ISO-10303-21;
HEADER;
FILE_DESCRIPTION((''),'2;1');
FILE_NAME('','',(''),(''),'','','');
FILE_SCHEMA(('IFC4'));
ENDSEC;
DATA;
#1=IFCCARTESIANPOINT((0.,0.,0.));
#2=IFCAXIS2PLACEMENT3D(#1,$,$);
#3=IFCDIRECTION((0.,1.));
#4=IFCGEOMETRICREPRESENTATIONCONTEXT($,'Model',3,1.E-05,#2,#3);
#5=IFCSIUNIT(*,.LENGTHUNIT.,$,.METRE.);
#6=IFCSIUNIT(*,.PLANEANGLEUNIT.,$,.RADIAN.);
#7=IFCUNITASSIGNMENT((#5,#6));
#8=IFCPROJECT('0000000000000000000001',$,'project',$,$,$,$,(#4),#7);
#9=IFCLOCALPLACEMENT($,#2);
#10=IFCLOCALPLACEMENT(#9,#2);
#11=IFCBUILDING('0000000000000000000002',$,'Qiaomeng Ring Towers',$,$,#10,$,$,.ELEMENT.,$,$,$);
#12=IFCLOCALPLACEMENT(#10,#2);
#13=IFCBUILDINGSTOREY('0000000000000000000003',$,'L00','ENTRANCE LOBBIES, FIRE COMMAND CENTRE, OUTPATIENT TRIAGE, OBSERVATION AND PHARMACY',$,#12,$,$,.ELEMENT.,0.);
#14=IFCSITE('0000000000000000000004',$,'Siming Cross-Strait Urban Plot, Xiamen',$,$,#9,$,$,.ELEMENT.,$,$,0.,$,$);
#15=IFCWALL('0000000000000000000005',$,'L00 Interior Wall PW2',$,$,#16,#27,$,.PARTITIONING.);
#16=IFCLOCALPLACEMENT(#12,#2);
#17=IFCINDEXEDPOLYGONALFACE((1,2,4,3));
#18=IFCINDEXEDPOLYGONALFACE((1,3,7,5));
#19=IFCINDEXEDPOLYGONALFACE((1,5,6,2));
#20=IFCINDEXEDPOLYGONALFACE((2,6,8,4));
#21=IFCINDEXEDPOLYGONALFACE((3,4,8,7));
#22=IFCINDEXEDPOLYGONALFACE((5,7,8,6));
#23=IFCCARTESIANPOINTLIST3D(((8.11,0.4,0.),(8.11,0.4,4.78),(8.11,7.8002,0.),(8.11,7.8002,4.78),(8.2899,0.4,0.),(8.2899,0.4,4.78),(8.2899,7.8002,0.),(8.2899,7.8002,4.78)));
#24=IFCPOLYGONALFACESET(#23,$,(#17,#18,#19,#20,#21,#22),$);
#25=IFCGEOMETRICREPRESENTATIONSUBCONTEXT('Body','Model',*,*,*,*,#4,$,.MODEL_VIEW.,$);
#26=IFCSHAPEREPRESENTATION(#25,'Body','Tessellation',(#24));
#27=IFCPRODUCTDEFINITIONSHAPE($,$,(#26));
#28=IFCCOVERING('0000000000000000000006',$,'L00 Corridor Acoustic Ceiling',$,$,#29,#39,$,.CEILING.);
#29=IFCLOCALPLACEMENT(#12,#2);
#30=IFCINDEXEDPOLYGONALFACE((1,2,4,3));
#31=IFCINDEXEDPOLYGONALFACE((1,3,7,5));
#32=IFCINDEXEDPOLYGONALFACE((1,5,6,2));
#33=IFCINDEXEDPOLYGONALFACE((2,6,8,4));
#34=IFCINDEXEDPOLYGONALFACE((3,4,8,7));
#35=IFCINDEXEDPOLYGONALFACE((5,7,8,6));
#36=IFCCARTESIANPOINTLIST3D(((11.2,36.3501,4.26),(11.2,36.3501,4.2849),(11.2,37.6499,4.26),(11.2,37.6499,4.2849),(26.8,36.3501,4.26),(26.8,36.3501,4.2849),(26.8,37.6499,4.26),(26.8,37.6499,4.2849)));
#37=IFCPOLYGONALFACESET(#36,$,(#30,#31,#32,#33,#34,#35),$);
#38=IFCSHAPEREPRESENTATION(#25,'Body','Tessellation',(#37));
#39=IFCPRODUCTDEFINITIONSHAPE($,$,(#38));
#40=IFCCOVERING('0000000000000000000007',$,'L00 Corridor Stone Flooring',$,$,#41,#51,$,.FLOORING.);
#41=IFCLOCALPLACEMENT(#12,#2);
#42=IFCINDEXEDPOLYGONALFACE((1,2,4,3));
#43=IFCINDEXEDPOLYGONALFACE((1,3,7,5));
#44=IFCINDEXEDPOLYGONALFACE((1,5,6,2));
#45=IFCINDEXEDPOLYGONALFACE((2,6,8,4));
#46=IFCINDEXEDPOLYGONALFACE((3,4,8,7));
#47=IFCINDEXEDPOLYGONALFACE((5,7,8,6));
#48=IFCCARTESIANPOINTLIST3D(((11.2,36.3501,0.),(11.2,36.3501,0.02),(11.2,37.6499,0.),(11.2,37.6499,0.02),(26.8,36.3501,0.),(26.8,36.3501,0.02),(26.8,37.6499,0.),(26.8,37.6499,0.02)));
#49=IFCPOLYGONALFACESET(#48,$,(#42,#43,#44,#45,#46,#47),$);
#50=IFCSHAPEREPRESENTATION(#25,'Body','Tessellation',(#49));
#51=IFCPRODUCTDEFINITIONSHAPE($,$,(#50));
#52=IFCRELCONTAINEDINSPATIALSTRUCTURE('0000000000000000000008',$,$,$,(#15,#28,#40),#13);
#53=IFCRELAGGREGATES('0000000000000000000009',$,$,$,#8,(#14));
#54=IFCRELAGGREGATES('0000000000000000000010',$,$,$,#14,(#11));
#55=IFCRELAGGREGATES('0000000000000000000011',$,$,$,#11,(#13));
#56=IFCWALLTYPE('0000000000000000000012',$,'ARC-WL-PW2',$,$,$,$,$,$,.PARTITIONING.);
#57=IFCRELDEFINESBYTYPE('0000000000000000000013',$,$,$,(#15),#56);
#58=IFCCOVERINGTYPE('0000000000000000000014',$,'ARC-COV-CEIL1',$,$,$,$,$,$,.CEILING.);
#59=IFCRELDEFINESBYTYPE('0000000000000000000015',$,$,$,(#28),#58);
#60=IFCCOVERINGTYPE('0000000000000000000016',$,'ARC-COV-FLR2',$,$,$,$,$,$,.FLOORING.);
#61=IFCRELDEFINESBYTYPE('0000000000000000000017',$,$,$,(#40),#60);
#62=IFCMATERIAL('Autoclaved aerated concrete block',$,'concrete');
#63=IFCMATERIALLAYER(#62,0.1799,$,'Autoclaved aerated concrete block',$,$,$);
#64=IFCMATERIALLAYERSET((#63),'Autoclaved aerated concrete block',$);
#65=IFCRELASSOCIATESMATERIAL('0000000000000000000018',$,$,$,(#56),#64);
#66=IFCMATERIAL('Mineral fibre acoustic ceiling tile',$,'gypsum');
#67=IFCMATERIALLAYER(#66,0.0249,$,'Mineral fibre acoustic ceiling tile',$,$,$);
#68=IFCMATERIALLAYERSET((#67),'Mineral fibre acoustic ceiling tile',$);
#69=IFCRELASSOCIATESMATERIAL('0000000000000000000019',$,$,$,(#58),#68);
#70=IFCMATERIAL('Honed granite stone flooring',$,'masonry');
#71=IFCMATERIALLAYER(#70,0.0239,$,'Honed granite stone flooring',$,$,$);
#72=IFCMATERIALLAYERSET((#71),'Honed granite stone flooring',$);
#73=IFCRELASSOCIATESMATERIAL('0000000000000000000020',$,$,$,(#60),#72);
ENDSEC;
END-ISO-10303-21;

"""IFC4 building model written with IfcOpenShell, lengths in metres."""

from ifc_helpers import new_model, si_unit, direction, frame, frame_2d, origin, place, context, subcontext, project, spatial, polyline, rectangle, outline, extrude, material, layer, layer_set, type_object, element, save


model = new_model("IFC4")

# Units and contexts
model_context = context("Model", 3, precision=1e-05, world=origin(), true_north=direction((0.0, 1.0)))
body_context = subcontext(model_context, "Body", "Model", "MODEL_VIEW")
ifc_project = project(units=[si_unit("LENGTHUNIT", "METRE"), si_unit("PLANEANGLEUNIT", "RADIAN")], contexts=[model_context])

# Site, building, storey
site_placement = place(None, origin())
site = spatial("IfcSite", under=ifc_project, at=site_placement, Name="Siming Cross-Strait Urban Plot, Xiamen", CompositionType="ELEMENT", RefElevation=0.0)
building_placement = place(site_placement, origin())
building = spatial("IfcBuilding", under=site, at=building_placement, Name="Qiaomeng Ring Towers", CompositionType="ELEMENT")
storey_placement = place(building_placement, origin())
storey = spatial("IfcBuildingStorey", under=building, at=storey_placement, Name="L00", Description="ENTRANCE LOBBIES, FIRE COMMAND CENTRE, OUTPATIENT TRIAGE, OBSERVATION AND PHARMACY", CompositionType="ELEMENT", Elevation=0.0)

# Shared definitions
ifc_material_1 = material(Name="Autoclaved aerated concrete block", Category="concrete")
ifc_layer_1 = layer(ifc_material_1, 0.1799, Name="Autoclaved aerated concrete block")
ifc_layer_set_1 = layer_set([ifc_layer_1], Name="Autoclaved aerated concrete block")
wall_type_1 = type_object("IfcWallType", Name="ARC-WL-PW2", PredefinedType="PARTITIONING", material=ifc_layer_set_1)

# Wall
wall_1_placement = place(storey_placement, frame((8.2, 0.3999, 0.0), z_axis=(0.0, 0.0, 1.0), x_axis=(0.0, 1.0, 0.0)))
element("IfcWall", 1, at=wall_1_placement, inside=storey, type_object=wall_type_1, Name="L00 Interior Wall PW2", PredefinedType="PARTITIONING", context=body_context, shape_type="SweptSolid", body=[
    extrude(rectangle(XDim=7.4001, YDim=0.1799, at=frame_2d((3.7002, 0.0))), origin(), (0.0, 0.0, 1.0), 4.78),
])

# Coverings
ifc_material_2 = material(Name="Mineral fibre acoustic ceiling tile", Category="gypsum")
ifc_layer_2 = layer(ifc_material_2, 0.0249, Name="Mineral fibre acoustic ceiling tile")
ifc_layer_set_2 = layer_set([ifc_layer_2], Name="Mineral fibre acoustic ceiling tile")
covering_type_1 = type_object("IfcCoveringType", Name="ARC-COV-CEIL1", PredefinedType="CEILING", material=ifc_layer_set_2)
covering_1_placement = place(storey_placement, frame((0.0, 0.0, 4.26)))
element("IfcCovering", 2, at=covering_1_placement, inside=storey, type_object=covering_type_1, Name="L00 Corridor Acoustic Ceiling", PredefinedType="CEILING", context=body_context, shape_type="SweptSolid", body=[
    extrude(outline(polyline([(11.2, 36.3501), (11.2, 37.6499), (26.8, 37.6499), (26.8, 36.3501), (11.2, 36.3501)])), origin(), (0.0, 0.0, 1.0), 0.0249),
])
ifc_material_3 = material(Name="Honed granite stone flooring", Category="masonry")
ifc_layer_3 = layer(ifc_material_3, 0.0239, Name="Honed granite stone flooring")
ifc_layer_set_3 = layer_set([ifc_layer_3], Name="Honed granite stone flooring")
covering_type_2 = type_object("IfcCoveringType", Name="ARC-COV-FLR2", PredefinedType="FLOORING", material=ifc_layer_set_3)
covering_2_placement = place(storey_placement, origin())
element("IfcCovering", 3, at=covering_2_placement, inside=storey, type_object=covering_type_2, Name="L00 Corridor Stone Flooring", PredefinedType="FLOORING", context=body_context, shape_type="SweptSolid", body=[
    extrude(outline(polyline([(11.2, 36.3501), (11.2, 37.6499), (26.8, 37.6499), (26.8, 36.3501), (11.2, 36.3501)])), origin(), (0.0, 0.0, 1.0), 0.02),
])

save(model, "model.ifc")
